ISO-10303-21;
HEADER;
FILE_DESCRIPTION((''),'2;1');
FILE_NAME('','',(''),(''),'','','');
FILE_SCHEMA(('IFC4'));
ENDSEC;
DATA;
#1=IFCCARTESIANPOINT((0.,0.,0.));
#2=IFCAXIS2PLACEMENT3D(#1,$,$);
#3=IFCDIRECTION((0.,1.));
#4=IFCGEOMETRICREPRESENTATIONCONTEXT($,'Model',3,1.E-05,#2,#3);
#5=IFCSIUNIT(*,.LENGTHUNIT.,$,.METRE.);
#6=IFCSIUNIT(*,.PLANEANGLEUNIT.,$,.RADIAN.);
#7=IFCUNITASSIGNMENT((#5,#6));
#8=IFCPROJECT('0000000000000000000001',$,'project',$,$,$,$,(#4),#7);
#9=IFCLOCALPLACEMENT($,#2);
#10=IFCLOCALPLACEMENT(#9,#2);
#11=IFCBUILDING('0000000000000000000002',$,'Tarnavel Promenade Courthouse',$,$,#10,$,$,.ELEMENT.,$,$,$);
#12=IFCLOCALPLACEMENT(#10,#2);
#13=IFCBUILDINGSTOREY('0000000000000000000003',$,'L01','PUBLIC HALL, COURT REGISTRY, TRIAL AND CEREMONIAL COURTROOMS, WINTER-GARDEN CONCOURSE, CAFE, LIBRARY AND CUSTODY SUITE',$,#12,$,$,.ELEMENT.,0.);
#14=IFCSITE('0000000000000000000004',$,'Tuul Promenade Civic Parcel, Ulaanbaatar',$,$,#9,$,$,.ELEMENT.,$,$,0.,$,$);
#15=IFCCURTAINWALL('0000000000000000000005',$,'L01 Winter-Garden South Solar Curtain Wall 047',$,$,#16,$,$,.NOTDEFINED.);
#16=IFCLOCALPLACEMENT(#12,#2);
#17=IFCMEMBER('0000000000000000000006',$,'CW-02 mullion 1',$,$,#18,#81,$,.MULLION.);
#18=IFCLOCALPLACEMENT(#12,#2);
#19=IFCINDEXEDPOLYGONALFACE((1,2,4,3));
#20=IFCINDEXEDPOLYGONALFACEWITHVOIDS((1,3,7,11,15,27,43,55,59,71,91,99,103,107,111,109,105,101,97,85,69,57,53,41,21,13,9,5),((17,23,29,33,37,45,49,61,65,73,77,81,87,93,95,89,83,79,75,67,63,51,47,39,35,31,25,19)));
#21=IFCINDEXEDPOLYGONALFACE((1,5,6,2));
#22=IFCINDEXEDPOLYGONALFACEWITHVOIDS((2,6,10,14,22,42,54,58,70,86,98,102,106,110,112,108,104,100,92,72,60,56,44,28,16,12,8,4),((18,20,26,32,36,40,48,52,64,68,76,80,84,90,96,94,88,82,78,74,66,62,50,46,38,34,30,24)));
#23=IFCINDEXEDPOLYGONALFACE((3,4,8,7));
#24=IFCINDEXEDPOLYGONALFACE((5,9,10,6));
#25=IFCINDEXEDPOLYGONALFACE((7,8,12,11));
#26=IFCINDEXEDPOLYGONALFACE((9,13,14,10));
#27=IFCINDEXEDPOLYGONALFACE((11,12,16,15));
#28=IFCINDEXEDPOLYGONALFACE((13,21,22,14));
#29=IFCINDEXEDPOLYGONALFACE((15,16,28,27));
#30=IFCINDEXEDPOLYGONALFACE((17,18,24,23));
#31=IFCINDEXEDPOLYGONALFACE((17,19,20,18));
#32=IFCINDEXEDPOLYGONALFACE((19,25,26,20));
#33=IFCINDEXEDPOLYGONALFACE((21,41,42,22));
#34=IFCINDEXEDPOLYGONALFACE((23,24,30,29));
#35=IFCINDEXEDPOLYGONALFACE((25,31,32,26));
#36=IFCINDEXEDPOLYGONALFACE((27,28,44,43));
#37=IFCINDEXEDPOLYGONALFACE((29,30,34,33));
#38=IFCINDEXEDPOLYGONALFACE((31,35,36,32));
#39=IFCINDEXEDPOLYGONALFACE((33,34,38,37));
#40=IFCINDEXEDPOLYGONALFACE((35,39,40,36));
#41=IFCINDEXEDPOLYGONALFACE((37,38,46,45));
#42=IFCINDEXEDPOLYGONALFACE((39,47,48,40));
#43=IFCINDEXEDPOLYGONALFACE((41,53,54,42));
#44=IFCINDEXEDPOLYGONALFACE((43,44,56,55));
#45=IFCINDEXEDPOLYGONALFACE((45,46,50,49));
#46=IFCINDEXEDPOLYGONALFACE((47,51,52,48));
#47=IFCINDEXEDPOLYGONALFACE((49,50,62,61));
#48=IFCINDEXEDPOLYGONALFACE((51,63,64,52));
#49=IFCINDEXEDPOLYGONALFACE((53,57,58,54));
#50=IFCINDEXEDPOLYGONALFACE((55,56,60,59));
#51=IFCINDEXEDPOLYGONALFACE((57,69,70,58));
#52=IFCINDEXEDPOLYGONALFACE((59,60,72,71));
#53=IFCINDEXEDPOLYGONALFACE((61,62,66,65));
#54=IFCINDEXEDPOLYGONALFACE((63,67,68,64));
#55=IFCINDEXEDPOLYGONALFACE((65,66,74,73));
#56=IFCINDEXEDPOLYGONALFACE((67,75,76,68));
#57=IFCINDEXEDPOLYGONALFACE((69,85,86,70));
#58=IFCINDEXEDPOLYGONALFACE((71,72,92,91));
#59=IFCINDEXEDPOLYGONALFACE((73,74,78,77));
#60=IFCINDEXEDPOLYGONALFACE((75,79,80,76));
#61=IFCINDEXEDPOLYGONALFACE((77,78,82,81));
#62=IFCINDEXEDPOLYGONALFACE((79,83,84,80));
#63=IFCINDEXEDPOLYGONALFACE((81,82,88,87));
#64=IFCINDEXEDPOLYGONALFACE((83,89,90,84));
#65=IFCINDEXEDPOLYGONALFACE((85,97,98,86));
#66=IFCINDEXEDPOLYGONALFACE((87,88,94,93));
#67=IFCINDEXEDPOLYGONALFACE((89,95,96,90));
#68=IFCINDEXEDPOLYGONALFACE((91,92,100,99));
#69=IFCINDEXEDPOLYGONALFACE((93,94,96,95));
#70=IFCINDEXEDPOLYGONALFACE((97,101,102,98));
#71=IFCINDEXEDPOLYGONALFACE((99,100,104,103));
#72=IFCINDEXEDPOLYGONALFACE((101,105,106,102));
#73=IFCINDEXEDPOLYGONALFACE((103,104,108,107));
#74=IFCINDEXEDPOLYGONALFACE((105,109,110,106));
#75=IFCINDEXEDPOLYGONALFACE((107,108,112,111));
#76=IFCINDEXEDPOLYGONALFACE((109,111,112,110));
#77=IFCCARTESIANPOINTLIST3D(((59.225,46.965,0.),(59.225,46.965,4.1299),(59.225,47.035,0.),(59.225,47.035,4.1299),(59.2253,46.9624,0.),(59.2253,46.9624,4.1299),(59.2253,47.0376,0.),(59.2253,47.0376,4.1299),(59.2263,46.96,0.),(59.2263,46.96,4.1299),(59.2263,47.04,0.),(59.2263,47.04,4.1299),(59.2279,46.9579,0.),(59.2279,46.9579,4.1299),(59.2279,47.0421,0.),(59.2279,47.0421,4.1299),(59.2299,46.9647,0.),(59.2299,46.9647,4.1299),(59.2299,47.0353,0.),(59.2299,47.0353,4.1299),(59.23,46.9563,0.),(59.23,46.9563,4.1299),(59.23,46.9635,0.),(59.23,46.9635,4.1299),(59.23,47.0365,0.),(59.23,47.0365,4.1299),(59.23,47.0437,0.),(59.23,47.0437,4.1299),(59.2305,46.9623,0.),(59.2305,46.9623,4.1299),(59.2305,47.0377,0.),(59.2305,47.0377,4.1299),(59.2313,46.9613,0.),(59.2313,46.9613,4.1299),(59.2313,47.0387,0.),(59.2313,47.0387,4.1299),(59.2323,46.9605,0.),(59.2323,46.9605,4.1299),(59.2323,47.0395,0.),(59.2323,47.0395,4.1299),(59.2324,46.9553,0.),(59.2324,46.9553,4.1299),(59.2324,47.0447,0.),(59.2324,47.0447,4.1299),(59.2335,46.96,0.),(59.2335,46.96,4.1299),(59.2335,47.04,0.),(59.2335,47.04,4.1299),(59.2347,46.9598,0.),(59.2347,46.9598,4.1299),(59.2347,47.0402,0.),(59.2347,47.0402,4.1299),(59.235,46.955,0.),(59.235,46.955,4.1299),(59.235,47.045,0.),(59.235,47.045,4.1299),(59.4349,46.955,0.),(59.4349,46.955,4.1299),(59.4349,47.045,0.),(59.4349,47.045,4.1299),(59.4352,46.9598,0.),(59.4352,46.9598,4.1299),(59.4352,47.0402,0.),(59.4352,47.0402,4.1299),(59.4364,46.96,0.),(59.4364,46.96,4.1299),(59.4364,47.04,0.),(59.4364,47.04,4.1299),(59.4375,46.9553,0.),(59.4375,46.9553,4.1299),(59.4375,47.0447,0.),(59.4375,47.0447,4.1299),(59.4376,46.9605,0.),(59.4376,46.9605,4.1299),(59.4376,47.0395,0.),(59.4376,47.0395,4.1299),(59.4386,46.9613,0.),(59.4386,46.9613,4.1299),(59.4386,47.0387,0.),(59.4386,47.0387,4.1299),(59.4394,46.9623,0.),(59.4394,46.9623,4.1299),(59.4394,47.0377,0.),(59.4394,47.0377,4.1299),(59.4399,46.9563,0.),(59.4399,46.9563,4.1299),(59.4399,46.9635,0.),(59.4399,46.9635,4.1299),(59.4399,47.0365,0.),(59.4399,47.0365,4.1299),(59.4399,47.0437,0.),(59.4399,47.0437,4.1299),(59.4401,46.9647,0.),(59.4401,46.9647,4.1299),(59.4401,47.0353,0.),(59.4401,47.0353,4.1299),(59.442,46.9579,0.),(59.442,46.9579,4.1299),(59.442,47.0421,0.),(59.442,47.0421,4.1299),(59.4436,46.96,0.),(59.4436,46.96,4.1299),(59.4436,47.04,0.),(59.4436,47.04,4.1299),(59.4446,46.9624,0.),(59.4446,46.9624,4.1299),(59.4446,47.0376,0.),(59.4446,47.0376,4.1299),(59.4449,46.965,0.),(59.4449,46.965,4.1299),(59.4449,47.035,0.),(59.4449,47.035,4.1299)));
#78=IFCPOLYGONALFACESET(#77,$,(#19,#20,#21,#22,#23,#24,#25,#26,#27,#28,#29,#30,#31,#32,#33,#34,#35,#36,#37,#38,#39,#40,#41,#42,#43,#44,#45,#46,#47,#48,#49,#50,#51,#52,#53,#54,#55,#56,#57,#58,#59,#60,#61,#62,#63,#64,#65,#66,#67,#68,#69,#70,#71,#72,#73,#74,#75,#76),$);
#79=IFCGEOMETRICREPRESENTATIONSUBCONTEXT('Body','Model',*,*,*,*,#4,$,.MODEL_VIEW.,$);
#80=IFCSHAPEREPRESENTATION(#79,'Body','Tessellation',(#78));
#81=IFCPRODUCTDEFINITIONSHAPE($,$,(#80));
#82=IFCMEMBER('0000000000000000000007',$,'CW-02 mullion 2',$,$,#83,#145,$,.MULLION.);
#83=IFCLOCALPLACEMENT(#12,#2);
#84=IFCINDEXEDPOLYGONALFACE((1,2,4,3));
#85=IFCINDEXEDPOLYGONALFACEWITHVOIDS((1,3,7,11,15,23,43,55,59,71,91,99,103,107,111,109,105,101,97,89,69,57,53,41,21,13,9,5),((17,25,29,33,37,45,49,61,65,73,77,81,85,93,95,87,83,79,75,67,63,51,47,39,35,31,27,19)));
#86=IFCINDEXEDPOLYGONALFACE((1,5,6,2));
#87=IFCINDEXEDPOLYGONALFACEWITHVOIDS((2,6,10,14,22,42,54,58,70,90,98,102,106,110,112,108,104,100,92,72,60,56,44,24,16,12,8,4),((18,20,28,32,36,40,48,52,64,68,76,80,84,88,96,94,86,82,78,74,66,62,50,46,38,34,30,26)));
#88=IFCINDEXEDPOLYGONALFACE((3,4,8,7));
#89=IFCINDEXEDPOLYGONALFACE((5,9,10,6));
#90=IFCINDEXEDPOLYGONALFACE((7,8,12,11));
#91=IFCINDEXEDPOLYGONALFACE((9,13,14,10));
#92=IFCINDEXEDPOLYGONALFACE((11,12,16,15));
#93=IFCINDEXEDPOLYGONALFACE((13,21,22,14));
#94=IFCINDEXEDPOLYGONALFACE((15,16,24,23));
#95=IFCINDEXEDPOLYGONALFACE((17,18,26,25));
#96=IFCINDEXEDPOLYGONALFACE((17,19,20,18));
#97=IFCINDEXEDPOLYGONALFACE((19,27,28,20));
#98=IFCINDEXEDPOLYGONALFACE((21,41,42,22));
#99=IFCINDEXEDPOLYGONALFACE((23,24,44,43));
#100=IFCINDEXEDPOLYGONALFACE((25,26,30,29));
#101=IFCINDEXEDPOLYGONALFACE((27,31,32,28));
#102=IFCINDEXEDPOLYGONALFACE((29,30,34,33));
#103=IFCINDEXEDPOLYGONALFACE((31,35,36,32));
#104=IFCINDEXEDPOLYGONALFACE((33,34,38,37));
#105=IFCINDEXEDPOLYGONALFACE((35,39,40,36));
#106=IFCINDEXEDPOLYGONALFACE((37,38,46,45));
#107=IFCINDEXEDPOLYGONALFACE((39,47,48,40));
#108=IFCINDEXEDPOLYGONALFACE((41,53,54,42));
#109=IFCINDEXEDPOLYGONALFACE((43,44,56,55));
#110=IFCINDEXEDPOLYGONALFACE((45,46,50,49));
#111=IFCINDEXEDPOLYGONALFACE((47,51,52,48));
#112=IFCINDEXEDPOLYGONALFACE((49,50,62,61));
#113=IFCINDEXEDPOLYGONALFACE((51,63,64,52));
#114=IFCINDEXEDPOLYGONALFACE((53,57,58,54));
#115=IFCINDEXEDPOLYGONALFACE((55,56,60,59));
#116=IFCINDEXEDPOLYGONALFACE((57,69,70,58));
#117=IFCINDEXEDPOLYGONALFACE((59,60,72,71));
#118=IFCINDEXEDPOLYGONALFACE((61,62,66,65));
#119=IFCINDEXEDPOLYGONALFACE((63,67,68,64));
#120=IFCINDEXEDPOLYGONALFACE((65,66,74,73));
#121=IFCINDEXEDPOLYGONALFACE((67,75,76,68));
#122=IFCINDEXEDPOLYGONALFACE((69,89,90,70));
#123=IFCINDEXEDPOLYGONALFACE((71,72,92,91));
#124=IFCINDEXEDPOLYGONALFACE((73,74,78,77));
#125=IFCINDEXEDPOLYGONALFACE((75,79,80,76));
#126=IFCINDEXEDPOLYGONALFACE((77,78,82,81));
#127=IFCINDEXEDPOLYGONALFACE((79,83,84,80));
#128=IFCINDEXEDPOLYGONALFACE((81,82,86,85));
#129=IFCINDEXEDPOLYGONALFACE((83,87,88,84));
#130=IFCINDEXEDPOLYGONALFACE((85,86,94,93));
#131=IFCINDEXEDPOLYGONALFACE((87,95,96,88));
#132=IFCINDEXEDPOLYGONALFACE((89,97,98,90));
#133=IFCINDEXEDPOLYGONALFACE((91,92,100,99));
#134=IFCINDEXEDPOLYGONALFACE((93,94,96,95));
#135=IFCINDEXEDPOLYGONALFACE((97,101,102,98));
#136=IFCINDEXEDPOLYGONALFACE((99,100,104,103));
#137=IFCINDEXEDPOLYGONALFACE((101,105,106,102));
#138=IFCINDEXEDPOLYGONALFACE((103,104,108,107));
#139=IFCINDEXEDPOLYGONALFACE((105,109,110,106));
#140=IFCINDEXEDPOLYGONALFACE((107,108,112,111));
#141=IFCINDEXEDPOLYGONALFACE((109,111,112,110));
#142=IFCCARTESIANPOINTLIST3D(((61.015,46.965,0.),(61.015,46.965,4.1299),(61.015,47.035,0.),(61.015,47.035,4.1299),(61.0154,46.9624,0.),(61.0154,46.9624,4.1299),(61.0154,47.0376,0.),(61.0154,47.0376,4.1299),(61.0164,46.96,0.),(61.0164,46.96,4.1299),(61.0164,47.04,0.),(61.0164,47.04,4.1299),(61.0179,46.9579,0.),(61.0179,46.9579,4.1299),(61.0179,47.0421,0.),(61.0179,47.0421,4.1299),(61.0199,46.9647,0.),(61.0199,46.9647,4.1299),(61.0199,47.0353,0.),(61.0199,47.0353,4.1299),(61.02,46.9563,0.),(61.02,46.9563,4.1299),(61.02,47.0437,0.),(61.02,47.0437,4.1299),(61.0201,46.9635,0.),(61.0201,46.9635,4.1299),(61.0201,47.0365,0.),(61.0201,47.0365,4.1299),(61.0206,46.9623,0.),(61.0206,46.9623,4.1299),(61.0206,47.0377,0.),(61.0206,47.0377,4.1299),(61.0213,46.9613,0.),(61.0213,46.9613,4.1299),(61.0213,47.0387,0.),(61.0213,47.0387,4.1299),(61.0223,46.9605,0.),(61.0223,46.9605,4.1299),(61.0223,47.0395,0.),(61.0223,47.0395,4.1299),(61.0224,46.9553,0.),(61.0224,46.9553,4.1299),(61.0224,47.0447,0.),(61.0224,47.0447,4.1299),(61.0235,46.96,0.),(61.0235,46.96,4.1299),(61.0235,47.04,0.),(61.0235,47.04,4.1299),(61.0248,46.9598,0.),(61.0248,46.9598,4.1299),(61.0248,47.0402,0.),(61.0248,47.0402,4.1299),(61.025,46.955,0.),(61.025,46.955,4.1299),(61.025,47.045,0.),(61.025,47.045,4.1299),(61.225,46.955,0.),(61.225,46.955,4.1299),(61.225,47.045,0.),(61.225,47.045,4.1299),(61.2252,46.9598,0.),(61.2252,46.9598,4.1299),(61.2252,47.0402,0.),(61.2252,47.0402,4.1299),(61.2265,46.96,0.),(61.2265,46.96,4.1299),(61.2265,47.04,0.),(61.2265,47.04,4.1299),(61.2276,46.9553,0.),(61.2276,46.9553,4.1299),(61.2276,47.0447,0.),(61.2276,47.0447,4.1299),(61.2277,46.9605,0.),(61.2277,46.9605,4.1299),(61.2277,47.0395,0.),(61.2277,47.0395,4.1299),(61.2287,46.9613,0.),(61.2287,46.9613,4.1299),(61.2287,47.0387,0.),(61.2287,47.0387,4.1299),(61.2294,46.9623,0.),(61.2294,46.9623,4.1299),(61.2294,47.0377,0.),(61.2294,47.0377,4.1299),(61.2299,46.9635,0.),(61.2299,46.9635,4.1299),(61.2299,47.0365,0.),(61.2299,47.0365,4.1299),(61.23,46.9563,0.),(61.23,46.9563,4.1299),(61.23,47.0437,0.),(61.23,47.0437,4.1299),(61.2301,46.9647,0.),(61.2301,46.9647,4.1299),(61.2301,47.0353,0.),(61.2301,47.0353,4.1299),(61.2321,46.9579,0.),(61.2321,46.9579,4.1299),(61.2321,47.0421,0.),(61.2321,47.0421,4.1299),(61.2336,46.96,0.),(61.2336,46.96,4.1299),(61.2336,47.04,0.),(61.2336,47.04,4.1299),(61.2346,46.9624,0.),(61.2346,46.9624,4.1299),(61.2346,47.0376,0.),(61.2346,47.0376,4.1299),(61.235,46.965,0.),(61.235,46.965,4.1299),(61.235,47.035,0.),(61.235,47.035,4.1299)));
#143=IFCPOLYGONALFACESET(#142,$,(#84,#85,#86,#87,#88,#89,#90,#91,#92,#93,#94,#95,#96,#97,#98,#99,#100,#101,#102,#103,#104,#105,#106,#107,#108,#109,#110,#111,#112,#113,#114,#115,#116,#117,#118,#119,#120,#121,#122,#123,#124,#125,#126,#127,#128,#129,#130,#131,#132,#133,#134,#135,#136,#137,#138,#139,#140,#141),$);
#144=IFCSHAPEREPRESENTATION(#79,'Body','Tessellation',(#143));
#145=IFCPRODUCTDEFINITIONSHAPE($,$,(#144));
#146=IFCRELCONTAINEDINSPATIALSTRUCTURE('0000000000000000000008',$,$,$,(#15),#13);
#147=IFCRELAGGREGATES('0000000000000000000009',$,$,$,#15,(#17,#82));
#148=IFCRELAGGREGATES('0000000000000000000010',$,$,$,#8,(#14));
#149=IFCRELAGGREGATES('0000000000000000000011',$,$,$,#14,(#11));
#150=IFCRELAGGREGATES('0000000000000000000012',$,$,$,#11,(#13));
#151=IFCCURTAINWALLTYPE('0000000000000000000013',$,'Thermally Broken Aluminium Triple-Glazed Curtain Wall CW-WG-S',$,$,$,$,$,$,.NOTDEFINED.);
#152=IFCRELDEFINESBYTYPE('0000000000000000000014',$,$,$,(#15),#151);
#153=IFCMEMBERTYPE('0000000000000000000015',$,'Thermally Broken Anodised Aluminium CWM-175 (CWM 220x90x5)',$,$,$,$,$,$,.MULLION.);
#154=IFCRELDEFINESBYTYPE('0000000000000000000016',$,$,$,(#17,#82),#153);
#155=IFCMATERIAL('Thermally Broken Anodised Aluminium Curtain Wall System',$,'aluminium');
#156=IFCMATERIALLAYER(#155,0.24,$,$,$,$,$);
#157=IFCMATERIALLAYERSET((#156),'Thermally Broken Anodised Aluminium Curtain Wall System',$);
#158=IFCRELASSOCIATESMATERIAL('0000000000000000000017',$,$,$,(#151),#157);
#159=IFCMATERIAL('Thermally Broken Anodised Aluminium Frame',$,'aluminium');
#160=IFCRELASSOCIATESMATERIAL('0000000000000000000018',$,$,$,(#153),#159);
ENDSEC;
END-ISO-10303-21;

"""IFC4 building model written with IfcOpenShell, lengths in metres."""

from ifc_helpers import new_model, si_unit, direction, frame, origin, origin_2d, place, context, subcontext, project, spatial, hollow_rectangle, extrude, material, layer, layer_set, material_profile, profile_set, type_object, element, aggregate, save


model = new_model("IFC4")

# Units and contexts
model_context = context("Model", 3, precision=1e-05, world=origin(), true_north=direction((0.0, 1.0)))
body_context = subcontext(model_context, "Body", "Model", "MODEL_VIEW")
ifc_project = project(units=[si_unit("LENGTHUNIT", "METRE"), si_unit("PLANEANGLEUNIT", "RADIAN")], contexts=[model_context])

# Site, building, storey
site_placement = place(None, origin())
site = spatial("IfcSite", under=ifc_project, at=site_placement, Name="Tuul Promenade Civic Parcel, Ulaanbaatar", CompositionType="ELEMENT", RefElevation=0.0)
building_placement = place(site_placement, origin())
building = spatial("IfcBuilding", under=site, at=building_placement, Name="Tarnavel Promenade Courthouse", CompositionType="ELEMENT")
storey_placement = place(building_placement, origin())
storey = spatial("IfcBuildingStorey", under=building, at=storey_placement, Name="L01", Description="PUBLIC HALL, COURT REGISTRY, TRIAL AND CEREMONIAL COURTROOMS, WINTER-GARDEN CONCOURSE, CAFE, LIBRARY AND CUSTODY SUITE", CompositionType="ELEMENT", Elevation=0.0)

# Curtain wall, members
ifc_material_1 = material(Name="Thermally Broken Anodised Aluminium Curtain Wall System", Category="aluminium")
ifc_layer_1 = layer(ifc_material_1, 0.24)
ifc_layer_set_1 = layer_set([ifc_layer_1], Name="Thermally Broken Anodised Aluminium Curtain Wall System")
curtain_wall_type = type_object("IfcCurtainWallType", Name="Thermally Broken Aluminium Triple-Glazed Curtain Wall CW-WG-S", PredefinedType="NOTDEFINED", material=ifc_layer_set_1)
ifc_material_2 = material(Name="Thermally Broken Anodised Aluminium Frame", Category="aluminium")
ifc_material_profile_1 = material_profile(ifc_material_2, hollow_rectangle(XDim=0.0901, YDim=0.22, WallThickness=0.0049, InnerFilletRadius=0.0049, OuterFilletRadius=0.01, at=origin_2d()), Name="CWM 220x90x5")
ifc_profile_set_1 = profile_set([ifc_material_profile_1], Name="Thermally Broken Anodised Aluminium Frame")
member_type_1 = type_object("IfcMemberType", Name="Thermally Broken Anodised Aluminium CWM-175 (CWM 220x90x5)", PredefinedType="MULLION", material=ifc_profile_set_1)
curtain_wall_1_placement = place(storey_placement, origin())
curtain_wall_1 = element("IfcCurtainWall", 1, at=curtain_wall_1_placement, inside=storey, type_object=curtain_wall_type, Name="L01 Winter-Garden South Solar Curtain Wall 047", PredefinedType="NOTDEFINED")
member_1_placement = place(storey_placement, frame((59.335, 47.0, 0.0), z_axis=(0.0, 0.0, 1.0), x_axis=(0.0, 1.0, 0.0)))
member_1 = element("IfcMember", 2, at=member_1_placement, type_object=member_type_1, Name="CW-02 mullion 1", PredefinedType="MULLION", context=body_context, shape_type="SweptSolid", body=[
    extrude(hollow_rectangle(XDim=0.0901, YDim=0.22, WallThickness=0.0049, InnerFilletRadius=0.0049, OuterFilletRadius=0.01, at=origin_2d()), origin(), (0.0, 0.0, 1.0), 4.1299),
])
member_2_placement = place(storey_placement, frame((61.125, 47.0, 0.0), z_axis=(0.0, 0.0, 1.0), x_axis=(0.0, 1.0, 0.0)))
member_2 = element("IfcMember", 3, at=member_2_placement, type_object=member_type_1, Name="CW-02 mullion 2", PredefinedType="MULLION", context=body_context, shape_type="SweptSolid", body=[
    extrude(hollow_rectangle(XDim=0.0901, YDim=0.22, WallThickness=0.0049, InnerFilletRadius=0.0049, OuterFilletRadius=0.01, at=origin_2d()), origin(), (0.0, 0.0, 1.0), 4.1299),
])

aggregate(curtain_wall_1, [member_1, member_2])

save(model, "model.ifc")
